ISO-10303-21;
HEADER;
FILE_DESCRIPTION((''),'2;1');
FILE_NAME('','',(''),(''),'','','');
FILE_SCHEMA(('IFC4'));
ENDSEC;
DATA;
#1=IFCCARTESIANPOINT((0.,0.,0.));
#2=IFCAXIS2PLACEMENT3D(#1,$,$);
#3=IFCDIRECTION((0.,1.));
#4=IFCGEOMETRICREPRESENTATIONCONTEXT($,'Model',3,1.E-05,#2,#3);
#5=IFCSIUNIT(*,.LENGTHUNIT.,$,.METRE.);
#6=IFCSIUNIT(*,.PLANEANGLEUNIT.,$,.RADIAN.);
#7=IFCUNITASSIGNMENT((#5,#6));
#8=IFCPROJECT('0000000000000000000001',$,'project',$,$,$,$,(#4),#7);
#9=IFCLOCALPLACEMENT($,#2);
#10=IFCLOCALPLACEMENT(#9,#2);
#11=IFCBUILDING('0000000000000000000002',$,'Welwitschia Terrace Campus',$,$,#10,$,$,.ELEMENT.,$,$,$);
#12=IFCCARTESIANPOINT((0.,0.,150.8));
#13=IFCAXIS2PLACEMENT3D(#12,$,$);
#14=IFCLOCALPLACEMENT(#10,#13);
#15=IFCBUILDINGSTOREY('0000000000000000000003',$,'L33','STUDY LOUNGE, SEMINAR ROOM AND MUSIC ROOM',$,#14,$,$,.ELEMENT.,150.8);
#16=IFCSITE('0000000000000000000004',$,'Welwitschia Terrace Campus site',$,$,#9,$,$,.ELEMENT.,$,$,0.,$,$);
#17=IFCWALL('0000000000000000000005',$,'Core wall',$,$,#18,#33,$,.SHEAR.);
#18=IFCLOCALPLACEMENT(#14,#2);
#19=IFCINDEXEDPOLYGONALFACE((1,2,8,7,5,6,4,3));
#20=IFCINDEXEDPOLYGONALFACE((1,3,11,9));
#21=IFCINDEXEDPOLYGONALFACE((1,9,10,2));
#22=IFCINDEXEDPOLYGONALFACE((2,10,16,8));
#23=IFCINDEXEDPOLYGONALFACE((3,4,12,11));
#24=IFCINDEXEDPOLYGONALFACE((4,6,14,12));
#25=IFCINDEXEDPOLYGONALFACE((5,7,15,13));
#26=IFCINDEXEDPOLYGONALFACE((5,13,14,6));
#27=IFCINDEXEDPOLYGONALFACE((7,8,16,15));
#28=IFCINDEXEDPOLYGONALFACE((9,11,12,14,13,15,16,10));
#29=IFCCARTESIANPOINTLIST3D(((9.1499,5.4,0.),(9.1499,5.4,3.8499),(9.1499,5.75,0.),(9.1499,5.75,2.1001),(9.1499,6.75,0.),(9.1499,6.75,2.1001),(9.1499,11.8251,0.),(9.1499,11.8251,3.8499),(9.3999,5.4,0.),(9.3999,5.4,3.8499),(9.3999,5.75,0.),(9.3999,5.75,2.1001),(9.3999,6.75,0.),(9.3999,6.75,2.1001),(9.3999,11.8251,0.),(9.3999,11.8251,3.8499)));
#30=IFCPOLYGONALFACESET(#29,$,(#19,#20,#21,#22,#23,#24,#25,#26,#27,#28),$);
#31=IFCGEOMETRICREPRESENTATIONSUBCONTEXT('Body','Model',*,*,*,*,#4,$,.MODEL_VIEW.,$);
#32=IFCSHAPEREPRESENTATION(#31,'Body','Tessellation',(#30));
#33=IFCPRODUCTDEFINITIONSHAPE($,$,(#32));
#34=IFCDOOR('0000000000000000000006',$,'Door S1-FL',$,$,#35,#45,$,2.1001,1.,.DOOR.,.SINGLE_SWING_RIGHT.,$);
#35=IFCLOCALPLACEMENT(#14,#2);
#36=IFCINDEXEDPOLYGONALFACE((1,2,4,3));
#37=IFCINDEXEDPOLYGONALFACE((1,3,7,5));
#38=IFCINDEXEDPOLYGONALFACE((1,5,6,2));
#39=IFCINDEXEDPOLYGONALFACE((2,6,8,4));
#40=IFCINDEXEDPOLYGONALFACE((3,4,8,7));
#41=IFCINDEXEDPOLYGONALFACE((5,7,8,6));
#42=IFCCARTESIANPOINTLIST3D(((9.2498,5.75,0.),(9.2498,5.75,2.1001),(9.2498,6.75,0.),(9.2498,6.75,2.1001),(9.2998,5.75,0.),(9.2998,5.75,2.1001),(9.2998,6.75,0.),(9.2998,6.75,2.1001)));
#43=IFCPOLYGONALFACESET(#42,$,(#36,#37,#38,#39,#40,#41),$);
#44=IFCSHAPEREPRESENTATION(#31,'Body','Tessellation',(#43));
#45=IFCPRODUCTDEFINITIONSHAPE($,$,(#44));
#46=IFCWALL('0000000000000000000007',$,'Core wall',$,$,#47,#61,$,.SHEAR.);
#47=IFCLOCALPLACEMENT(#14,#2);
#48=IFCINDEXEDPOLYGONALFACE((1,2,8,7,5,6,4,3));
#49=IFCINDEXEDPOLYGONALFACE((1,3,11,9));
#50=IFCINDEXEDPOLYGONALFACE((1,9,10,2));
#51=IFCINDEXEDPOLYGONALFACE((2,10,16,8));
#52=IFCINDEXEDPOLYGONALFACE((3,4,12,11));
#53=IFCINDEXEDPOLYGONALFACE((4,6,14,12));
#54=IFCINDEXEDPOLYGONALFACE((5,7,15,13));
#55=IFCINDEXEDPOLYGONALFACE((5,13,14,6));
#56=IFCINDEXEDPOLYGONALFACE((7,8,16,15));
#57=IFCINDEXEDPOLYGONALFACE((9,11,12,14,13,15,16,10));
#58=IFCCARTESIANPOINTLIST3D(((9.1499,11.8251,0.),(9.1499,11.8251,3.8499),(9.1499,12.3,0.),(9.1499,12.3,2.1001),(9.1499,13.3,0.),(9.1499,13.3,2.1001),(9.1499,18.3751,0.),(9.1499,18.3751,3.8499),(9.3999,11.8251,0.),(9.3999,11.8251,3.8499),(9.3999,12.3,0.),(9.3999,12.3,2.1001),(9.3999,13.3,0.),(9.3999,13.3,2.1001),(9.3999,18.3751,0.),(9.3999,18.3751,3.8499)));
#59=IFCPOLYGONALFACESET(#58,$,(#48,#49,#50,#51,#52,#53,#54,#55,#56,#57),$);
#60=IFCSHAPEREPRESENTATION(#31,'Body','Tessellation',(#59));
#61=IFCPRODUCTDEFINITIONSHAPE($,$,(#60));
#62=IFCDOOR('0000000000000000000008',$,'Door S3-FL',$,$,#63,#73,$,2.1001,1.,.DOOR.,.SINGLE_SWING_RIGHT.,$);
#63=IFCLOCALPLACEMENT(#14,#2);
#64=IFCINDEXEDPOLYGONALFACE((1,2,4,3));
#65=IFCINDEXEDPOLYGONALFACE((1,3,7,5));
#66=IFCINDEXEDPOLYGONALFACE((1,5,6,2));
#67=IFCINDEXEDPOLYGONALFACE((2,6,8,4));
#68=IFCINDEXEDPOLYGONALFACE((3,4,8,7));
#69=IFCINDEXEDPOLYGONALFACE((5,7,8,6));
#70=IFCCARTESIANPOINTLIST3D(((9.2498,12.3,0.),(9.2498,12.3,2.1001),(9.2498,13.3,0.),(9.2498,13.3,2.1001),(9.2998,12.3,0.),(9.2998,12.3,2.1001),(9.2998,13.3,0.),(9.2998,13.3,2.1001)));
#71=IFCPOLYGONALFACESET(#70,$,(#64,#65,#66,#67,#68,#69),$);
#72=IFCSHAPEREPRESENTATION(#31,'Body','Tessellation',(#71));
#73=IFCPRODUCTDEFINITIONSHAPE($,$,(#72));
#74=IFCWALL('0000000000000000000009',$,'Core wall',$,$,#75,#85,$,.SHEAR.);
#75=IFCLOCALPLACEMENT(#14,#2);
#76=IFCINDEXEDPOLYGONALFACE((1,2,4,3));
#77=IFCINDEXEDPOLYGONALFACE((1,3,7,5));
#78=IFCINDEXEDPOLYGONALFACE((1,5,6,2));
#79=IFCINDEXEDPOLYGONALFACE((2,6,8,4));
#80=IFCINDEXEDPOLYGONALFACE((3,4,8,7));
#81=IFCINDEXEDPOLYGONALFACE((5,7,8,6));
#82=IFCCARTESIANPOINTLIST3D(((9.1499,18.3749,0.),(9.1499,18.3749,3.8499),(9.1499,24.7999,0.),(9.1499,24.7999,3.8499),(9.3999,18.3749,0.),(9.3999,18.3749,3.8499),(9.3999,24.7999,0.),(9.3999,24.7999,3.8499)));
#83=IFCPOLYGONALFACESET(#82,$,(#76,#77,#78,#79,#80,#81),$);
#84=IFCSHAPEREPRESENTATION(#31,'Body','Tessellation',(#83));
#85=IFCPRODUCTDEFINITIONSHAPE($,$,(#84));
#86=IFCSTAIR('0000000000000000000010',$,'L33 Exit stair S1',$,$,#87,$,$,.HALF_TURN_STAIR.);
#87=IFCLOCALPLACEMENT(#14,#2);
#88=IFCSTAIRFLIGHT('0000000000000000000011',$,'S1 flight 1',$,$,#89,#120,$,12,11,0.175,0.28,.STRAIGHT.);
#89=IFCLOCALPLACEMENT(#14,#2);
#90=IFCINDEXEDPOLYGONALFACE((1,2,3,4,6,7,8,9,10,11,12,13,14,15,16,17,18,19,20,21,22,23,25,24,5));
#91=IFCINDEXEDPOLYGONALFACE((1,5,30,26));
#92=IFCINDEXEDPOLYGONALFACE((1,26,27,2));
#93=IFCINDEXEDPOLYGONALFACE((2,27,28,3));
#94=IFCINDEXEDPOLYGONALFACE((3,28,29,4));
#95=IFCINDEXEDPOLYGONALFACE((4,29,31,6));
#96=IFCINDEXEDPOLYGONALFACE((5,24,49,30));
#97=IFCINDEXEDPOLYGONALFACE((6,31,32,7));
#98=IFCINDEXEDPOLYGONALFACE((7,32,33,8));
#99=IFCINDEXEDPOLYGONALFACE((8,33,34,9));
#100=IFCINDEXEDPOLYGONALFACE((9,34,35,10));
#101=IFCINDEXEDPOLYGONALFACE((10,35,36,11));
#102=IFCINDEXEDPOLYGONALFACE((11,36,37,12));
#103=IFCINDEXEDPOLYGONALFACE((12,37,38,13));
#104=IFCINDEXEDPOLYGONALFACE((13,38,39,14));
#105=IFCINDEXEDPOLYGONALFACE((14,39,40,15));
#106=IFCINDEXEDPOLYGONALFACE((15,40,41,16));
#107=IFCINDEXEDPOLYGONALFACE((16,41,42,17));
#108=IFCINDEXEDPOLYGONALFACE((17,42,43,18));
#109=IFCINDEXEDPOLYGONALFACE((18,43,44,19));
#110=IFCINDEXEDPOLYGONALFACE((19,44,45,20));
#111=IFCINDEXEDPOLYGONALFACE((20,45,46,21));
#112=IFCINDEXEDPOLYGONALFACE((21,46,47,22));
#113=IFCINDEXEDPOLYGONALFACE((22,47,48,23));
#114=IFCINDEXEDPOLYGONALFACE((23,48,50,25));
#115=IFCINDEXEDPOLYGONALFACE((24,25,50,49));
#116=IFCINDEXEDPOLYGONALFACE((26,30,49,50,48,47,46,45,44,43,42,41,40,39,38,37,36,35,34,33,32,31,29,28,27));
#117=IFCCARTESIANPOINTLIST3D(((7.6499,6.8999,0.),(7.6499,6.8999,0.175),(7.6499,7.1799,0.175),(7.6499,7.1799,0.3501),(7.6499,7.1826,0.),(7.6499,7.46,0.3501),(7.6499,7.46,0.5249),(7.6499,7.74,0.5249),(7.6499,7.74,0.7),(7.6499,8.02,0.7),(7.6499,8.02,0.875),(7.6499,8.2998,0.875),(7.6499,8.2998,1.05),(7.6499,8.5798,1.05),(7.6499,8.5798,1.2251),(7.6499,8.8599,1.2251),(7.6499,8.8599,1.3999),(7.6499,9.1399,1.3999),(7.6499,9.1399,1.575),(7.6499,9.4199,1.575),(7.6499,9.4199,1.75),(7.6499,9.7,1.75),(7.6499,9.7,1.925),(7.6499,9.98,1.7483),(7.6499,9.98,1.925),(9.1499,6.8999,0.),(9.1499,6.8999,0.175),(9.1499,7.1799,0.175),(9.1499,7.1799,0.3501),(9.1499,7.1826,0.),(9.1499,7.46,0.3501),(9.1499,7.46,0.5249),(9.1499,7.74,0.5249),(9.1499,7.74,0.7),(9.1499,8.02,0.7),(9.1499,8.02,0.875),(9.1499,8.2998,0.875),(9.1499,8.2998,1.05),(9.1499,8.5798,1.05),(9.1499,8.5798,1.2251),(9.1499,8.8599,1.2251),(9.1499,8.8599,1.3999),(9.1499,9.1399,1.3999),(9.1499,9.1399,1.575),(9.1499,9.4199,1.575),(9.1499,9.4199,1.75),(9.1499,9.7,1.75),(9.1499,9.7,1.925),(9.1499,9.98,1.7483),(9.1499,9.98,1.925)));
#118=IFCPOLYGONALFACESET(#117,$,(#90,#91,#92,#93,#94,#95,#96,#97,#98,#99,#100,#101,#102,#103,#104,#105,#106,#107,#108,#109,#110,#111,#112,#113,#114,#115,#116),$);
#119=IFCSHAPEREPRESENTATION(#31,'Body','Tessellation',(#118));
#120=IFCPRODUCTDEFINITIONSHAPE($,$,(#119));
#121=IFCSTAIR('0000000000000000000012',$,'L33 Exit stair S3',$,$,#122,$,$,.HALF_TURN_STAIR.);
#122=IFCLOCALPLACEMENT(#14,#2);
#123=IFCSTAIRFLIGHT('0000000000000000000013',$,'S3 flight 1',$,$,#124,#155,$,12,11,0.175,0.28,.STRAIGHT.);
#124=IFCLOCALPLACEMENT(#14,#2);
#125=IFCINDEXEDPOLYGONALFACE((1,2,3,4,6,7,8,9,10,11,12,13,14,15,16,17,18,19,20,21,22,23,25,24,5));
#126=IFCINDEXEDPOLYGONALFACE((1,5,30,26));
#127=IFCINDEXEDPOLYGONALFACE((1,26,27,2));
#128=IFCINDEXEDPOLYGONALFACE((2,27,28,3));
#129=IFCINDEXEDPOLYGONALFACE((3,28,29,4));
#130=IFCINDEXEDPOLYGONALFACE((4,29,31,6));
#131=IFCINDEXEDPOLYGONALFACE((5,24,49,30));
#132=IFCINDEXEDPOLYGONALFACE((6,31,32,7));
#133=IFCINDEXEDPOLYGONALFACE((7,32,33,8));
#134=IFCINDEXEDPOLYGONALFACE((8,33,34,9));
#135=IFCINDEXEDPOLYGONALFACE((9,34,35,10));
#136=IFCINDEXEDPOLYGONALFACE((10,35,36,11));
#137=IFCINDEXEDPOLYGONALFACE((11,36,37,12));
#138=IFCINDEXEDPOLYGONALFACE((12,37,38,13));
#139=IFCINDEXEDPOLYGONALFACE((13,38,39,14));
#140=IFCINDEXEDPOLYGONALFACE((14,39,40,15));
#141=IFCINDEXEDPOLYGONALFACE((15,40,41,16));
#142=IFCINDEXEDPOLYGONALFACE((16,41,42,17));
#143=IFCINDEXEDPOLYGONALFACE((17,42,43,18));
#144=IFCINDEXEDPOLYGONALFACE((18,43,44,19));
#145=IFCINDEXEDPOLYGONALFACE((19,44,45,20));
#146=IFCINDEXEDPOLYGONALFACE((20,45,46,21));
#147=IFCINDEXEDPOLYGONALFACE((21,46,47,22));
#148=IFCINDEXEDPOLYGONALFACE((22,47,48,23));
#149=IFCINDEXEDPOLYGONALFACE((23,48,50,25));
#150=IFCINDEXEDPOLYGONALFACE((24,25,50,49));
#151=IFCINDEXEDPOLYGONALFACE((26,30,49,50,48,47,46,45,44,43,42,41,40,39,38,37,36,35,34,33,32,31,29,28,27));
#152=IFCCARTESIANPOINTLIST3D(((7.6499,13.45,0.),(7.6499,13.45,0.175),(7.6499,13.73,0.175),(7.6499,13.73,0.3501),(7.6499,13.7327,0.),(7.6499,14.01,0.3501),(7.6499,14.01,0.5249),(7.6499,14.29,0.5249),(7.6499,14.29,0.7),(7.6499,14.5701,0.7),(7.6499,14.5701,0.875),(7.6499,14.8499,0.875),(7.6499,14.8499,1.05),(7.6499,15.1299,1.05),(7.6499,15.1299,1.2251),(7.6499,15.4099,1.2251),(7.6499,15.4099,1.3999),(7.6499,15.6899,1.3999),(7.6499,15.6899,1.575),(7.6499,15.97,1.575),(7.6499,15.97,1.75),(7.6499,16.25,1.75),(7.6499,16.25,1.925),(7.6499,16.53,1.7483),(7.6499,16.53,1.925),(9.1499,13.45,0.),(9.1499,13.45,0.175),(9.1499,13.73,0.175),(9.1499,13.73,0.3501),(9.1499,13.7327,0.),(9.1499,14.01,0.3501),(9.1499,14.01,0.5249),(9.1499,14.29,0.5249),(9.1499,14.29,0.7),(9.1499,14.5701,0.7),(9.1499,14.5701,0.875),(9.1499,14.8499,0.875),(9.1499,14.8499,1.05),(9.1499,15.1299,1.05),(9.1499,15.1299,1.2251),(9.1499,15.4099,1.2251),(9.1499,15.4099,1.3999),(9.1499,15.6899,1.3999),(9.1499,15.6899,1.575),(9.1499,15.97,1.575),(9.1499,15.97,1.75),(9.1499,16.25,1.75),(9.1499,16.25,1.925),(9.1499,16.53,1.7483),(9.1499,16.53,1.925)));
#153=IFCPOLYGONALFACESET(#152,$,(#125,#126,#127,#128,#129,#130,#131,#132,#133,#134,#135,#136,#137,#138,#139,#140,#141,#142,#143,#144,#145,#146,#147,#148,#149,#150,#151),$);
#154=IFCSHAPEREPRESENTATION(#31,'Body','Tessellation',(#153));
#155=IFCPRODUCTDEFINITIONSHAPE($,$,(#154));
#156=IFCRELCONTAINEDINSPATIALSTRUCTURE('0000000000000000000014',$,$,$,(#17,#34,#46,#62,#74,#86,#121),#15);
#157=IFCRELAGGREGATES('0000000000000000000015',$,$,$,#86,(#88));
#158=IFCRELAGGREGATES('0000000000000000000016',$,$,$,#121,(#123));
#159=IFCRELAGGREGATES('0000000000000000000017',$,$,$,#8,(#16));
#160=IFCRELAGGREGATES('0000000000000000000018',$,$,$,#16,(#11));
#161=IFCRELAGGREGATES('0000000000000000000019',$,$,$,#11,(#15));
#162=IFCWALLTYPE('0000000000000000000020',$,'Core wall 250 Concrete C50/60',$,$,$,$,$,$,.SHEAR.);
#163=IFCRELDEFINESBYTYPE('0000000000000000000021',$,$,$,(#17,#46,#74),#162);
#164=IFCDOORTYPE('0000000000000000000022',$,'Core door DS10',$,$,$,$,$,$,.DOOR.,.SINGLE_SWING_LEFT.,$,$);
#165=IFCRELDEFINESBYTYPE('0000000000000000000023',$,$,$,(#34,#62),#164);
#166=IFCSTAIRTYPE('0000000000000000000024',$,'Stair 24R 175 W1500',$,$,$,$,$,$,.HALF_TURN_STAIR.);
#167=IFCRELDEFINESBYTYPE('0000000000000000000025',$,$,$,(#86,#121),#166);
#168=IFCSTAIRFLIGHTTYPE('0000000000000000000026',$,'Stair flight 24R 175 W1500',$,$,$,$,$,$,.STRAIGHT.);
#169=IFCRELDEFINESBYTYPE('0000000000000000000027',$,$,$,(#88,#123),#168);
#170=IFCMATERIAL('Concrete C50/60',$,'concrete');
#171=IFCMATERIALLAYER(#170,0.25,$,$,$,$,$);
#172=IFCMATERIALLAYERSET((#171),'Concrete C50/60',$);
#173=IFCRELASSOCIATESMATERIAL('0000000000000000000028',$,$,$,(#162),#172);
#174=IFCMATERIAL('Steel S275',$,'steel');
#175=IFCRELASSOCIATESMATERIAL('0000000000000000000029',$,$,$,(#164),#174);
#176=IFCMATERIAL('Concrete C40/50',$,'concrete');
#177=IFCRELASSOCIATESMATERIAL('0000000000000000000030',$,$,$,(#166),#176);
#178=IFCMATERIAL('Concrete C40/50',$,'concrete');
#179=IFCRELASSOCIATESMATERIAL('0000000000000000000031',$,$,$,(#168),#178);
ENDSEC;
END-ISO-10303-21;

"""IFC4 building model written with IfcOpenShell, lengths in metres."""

from ifc_helpers import new_model, si_unit, direction, frame, frame_2d, origin, place, context, subcontext, project, spatial, polyline, rectangle, outline, extrude, material, layer, layer_set, type_object, element, fill, aggregate, save


model = new_model("IFC4")

# Units and contexts
model_context = context("Model", 3, precision=1e-05, world=origin(), true_north=direction((0.0, 1.0)))
body_context = subcontext(model_context, "Body", "Model", "MODEL_VIEW")
ifc_project = project(units=[si_unit("LENGTHUNIT", "METRE"), si_unit("PLANEANGLEUNIT", "RADIAN")], contexts=[model_context])

# Site, building, storey
site_placement = place(None, origin())
site = spatial("IfcSite", under=ifc_project, at=site_placement, Name="Welwitschia Terrace Campus site", CompositionType="ELEMENT", RefElevation=0.0)
building_placement = place(site_placement, origin())
building = spatial("IfcBuilding", under=site, at=building_placement, Name="Welwitschia Terrace Campus", CompositionType="ELEMENT")
storey_placement = place(building_placement, frame((0.0, 0.0, 150.8)))
storey = spatial("IfcBuildingStorey", under=building, at=storey_placement, Name="L33", Description="STUDY LOUNGE, SEMINAR ROOM AND MUSIC ROOM", CompositionType="ELEMENT", Elevation=150.8)

# Walls, openings, doors
ifc_material_1 = material(Name="Concrete C50/60", Category="concrete")
ifc_layer_1 = layer(ifc_material_1, 0.25)
ifc_layer_set_1 = layer_set([ifc_layer_1], Name="Concrete C50/60")
wall_type_1 = type_object("IfcWallType", Name="Core wall 250 Concrete C50/60", PredefinedType="SHEAR", material=ifc_layer_set_1)
wall_1_placement = place(storey_placement, frame((9.2749, 11.825, 0.0), z_axis=(0.0, 0.0, 1.0), x_axis=(0.0, -1.0, 0.0)))
wall_1 = element("IfcWall", 1, at=wall_1_placement, inside=storey, type_object=wall_type_1, Name="Core wall", PredefinedType="SHEAR", context=body_context, shape_type="SweptSolid", body=[
    extrude(rectangle(XDim=6.425, YDim=0.25, at=frame_2d((3.2124, 0.0))), origin(), (0.0, 0.0, 1.0), 3.8499),
])
opening_1_placement = place(wall_1_placement, frame((5.075, 0.0, 0.0)))
opening_1 = element("IfcOpeningElement", 2, at=opening_1_placement, cuts=wall_1, PredefinedType="OPENING", context=body_context, shape_type="SweptSolid", body=[
    extrude(rectangle(XDim=1.0, YDim=2.1001, at=frame_2d((0.5, 1.05))), frame((0.0, 0.135, 0.0), z_axis=(0.0, -1.0, 0.0), x_axis=(1.0, 0.0, 0.0)), (0.0, 0.0, 1.0), 0.27),
])
ifc_material_2 = material(Name="Steel S275", Category="steel")
door_type_1 = type_object("IfcDoorType", Name="Core door DS10", OperationType="SINGLE_SWING_LEFT", PredefinedType="DOOR", material=ifc_material_2)
door_1_placement = place(opening_1_placement, origin())
door_1 = element("IfcDoor", 3, at=door_1_placement, inside=storey, type_object=door_type_1, Name="Door S1-FL", OperationType="SINGLE_SWING_RIGHT", OverallHeight=2.1001, OverallWidth=1.0, PredefinedType="DOOR", context=body_context, shape_type="SweptSolid", body=[
    extrude(rectangle(XDim=1.0, YDim=2.1001, at=frame_2d((0.5, 1.05))), frame((0.0, 0.0249, 0.0), z_axis=(0.0, -1.0, 0.0), x_axis=(1.0, 0.0, 0.0)), (0.0, 0.0, 1.0), 0.05),
])
fill(opening_1, door_1)
wall_2_placement = place(storey_placement, frame((9.2749, 18.375, 0.0), z_axis=(0.0, 0.0, 1.0), x_axis=(0.0, -1.0, 0.0)))
wall_2 = element("IfcWall", 4, at=wall_2_placement, inside=storey, type_object=wall_type_1, Name="Core wall", PredefinedType="SHEAR", context=body_context, shape_type="SweptSolid", body=[
    extrude(rectangle(XDim=6.55, YDim=0.25, at=frame_2d((3.2749, 0.0))), origin(), (0.0, 0.0, 1.0), 3.8499),
])
opening_2_placement = place(wall_2_placement, frame((5.075, 0.0, 0.0)))
opening_2 = element("IfcOpeningElement", 5, at=opening_2_placement, cuts=wall_2, PredefinedType="OPENING", context=body_context, shape_type="SweptSolid", body=[
    extrude(rectangle(XDim=1.0, YDim=2.1001, at=frame_2d((0.5, 1.05))), frame((0.0, 0.135, 0.0), z_axis=(0.0, -1.0, 0.0), x_axis=(1.0, 0.0, 0.0)), (0.0, 0.0, 1.0), 0.27),
])
door_2_placement = place(opening_2_placement, origin())
door_2 = element("IfcDoor", 6, at=door_2_placement, inside=storey, type_object=door_type_1, Name="Door S3-FL", OperationType="SINGLE_SWING_RIGHT", OverallHeight=2.1001, OverallWidth=1.0, PredefinedType="DOOR", context=body_context, shape_type="SweptSolid", body=[
    extrude(rectangle(XDim=1.0, YDim=2.1001, at=frame_2d((0.5, 1.05))), frame((0.0, 0.0249, 0.0), z_axis=(0.0, -1.0, 0.0), x_axis=(1.0, 0.0, 0.0)), (0.0, 0.0, 1.0), 0.05),
])
fill(opening_2, door_2)

# Wall
wall_3_placement = place(storey_placement, frame((9.2749, 18.375, 0.0), z_axis=(0.0, 0.0, 1.0), x_axis=(0.0, 1.0, 0.0)))
element("IfcWall", 7, at=wall_3_placement, inside=storey, type_object=wall_type_1, Name="Core wall", PredefinedType="SHEAR", context=body_context, shape_type="SweptSolid", body=[
    extrude(rectangle(XDim=6.425, YDim=0.25, at=frame_2d((3.2124, 0.0))), origin(), (0.0, 0.0, 1.0), 3.8499),
])

# Stairs, stair flights
ifc_material_3 = material(Name="Concrete C40/50", Category="concrete")
stair_type = type_object("IfcStairType", Name="Stair 24R 175 W1500", PredefinedType="HALF_TURN_STAIR", material=ifc_material_3)
stair_1_placement = place(storey_placement, origin())
stair_1 = element("IfcStair", 8, at=stair_1_placement, inside=storey, type_object=stair_type, Name="L33 Exit stair S1", PredefinedType="HALF_TURN_STAIR")
ifc_material_4 = material(Name="Concrete C40/50", Category="concrete")
stair_flight_type = type_object("IfcStairFlightType", Name="Stair flight 24R 175 W1500", PredefinedType="STRAIGHT", material=ifc_material_4)
stair_flight_1_placement = place(storey_placement, frame((8.3999, 6.8999, 0.0), z_axis=(0.0, 0.0, 1.0), x_axis=(0.0, 1.0, 0.0)))
stair_flight_1 = element("IfcStairFlight", 9, at=stair_flight_1_placement, type_object=stair_flight_type, Name="S1 flight 1", NumberOfRisers=12, NumberOfTreads=11, PredefinedType="STRAIGHT", RiserHeight=0.175, TreadLength=0.28, context=body_context, shape_type="SweptSolid", body=[
    extrude(outline(polyline([(0.0, 0.0), (0.0, 0.175), (0.28, 0.175), (0.28, 0.3501), (0.5601, 0.3501), (0.5601, 0.5249), (0.8401, 0.5249), (0.8401, 0.7), (1.1201, 0.7), (1.1201, 0.875), (1.3999, 0.875), (1.3999, 1.05), (1.6799, 1.05), (1.6799, 1.2251), (1.96, 1.2251), (1.96, 1.3999), (2.24, 1.3999), (2.24, 1.575), (2.52, 1.575), (2.52, 1.75), (2.8, 1.75), (2.8, 1.925), (3.0801, 1.925), (3.0801, 2.1001), (3.0801, 1.7483), (0.2827, 0.0), (0.0, 0.0)])), frame((0.0, 0.75, 0.0), z_axis=(0.0, -1.0, 0.0), x_axis=(1.0, 0.0, 0.0)), (0.0, 0.0, 1.0), 1.5),
])
aggregate(stair_1, [stair_flight_1])
stair_2_placement = place(storey_placement, origin())
stair_2 = element("IfcStair", 10, at=stair_2_placement, inside=storey, type_object=stair_type, Name="L33 Exit stair S3", PredefinedType="HALF_TURN_STAIR")
stair_flight_2_placement = place(storey_placement, frame((8.3999, 13.45, 0.0), z_axis=(0.0, 0.0, 1.0), x_axis=(0.0, 1.0, 0.0)))
stair_flight_2 = element("IfcStairFlight", 11, at=stair_flight_2_placement, type_object=stair_flight_type, Name="S3 flight 1", NumberOfRisers=12, NumberOfTreads=11, PredefinedType="STRAIGHT", RiserHeight=0.175, TreadLength=0.28, context=body_context, shape_type="SweptSolid", body=[
    extrude(outline(polyline([(0.0, 0.0), (0.0, 0.175), (0.28, 0.175), (0.28, 0.3501), (0.5601, 0.3501), (0.5601, 0.5249), (0.8401, 0.5249), (0.8401, 0.7), (1.1201, 0.7), (1.1201, 0.875), (1.3999, 0.875), (1.3999, 1.05), (1.6799, 1.05), (1.6799, 1.2251), (1.96, 1.2251), (1.96, 1.3999), (2.24, 1.3999), (2.24, 1.575), (2.52, 1.575), (2.52, 1.75), (2.8, 1.75), (2.8, 1.925), (3.0801, 1.925), (3.0801, 2.1001), (3.0801, 1.7483), (0.2827, 0.0), (0.0, 0.0)])), frame((0.0, 0.75, 0.0), z_axis=(0.0, -1.0, 0.0), x_axis=(1.0, 0.0, 0.0)), (0.0, 0.0, 1.0), 1.5),
])
aggregate(stair_2, [stair_flight_2])

save(model, "model.ifc")
